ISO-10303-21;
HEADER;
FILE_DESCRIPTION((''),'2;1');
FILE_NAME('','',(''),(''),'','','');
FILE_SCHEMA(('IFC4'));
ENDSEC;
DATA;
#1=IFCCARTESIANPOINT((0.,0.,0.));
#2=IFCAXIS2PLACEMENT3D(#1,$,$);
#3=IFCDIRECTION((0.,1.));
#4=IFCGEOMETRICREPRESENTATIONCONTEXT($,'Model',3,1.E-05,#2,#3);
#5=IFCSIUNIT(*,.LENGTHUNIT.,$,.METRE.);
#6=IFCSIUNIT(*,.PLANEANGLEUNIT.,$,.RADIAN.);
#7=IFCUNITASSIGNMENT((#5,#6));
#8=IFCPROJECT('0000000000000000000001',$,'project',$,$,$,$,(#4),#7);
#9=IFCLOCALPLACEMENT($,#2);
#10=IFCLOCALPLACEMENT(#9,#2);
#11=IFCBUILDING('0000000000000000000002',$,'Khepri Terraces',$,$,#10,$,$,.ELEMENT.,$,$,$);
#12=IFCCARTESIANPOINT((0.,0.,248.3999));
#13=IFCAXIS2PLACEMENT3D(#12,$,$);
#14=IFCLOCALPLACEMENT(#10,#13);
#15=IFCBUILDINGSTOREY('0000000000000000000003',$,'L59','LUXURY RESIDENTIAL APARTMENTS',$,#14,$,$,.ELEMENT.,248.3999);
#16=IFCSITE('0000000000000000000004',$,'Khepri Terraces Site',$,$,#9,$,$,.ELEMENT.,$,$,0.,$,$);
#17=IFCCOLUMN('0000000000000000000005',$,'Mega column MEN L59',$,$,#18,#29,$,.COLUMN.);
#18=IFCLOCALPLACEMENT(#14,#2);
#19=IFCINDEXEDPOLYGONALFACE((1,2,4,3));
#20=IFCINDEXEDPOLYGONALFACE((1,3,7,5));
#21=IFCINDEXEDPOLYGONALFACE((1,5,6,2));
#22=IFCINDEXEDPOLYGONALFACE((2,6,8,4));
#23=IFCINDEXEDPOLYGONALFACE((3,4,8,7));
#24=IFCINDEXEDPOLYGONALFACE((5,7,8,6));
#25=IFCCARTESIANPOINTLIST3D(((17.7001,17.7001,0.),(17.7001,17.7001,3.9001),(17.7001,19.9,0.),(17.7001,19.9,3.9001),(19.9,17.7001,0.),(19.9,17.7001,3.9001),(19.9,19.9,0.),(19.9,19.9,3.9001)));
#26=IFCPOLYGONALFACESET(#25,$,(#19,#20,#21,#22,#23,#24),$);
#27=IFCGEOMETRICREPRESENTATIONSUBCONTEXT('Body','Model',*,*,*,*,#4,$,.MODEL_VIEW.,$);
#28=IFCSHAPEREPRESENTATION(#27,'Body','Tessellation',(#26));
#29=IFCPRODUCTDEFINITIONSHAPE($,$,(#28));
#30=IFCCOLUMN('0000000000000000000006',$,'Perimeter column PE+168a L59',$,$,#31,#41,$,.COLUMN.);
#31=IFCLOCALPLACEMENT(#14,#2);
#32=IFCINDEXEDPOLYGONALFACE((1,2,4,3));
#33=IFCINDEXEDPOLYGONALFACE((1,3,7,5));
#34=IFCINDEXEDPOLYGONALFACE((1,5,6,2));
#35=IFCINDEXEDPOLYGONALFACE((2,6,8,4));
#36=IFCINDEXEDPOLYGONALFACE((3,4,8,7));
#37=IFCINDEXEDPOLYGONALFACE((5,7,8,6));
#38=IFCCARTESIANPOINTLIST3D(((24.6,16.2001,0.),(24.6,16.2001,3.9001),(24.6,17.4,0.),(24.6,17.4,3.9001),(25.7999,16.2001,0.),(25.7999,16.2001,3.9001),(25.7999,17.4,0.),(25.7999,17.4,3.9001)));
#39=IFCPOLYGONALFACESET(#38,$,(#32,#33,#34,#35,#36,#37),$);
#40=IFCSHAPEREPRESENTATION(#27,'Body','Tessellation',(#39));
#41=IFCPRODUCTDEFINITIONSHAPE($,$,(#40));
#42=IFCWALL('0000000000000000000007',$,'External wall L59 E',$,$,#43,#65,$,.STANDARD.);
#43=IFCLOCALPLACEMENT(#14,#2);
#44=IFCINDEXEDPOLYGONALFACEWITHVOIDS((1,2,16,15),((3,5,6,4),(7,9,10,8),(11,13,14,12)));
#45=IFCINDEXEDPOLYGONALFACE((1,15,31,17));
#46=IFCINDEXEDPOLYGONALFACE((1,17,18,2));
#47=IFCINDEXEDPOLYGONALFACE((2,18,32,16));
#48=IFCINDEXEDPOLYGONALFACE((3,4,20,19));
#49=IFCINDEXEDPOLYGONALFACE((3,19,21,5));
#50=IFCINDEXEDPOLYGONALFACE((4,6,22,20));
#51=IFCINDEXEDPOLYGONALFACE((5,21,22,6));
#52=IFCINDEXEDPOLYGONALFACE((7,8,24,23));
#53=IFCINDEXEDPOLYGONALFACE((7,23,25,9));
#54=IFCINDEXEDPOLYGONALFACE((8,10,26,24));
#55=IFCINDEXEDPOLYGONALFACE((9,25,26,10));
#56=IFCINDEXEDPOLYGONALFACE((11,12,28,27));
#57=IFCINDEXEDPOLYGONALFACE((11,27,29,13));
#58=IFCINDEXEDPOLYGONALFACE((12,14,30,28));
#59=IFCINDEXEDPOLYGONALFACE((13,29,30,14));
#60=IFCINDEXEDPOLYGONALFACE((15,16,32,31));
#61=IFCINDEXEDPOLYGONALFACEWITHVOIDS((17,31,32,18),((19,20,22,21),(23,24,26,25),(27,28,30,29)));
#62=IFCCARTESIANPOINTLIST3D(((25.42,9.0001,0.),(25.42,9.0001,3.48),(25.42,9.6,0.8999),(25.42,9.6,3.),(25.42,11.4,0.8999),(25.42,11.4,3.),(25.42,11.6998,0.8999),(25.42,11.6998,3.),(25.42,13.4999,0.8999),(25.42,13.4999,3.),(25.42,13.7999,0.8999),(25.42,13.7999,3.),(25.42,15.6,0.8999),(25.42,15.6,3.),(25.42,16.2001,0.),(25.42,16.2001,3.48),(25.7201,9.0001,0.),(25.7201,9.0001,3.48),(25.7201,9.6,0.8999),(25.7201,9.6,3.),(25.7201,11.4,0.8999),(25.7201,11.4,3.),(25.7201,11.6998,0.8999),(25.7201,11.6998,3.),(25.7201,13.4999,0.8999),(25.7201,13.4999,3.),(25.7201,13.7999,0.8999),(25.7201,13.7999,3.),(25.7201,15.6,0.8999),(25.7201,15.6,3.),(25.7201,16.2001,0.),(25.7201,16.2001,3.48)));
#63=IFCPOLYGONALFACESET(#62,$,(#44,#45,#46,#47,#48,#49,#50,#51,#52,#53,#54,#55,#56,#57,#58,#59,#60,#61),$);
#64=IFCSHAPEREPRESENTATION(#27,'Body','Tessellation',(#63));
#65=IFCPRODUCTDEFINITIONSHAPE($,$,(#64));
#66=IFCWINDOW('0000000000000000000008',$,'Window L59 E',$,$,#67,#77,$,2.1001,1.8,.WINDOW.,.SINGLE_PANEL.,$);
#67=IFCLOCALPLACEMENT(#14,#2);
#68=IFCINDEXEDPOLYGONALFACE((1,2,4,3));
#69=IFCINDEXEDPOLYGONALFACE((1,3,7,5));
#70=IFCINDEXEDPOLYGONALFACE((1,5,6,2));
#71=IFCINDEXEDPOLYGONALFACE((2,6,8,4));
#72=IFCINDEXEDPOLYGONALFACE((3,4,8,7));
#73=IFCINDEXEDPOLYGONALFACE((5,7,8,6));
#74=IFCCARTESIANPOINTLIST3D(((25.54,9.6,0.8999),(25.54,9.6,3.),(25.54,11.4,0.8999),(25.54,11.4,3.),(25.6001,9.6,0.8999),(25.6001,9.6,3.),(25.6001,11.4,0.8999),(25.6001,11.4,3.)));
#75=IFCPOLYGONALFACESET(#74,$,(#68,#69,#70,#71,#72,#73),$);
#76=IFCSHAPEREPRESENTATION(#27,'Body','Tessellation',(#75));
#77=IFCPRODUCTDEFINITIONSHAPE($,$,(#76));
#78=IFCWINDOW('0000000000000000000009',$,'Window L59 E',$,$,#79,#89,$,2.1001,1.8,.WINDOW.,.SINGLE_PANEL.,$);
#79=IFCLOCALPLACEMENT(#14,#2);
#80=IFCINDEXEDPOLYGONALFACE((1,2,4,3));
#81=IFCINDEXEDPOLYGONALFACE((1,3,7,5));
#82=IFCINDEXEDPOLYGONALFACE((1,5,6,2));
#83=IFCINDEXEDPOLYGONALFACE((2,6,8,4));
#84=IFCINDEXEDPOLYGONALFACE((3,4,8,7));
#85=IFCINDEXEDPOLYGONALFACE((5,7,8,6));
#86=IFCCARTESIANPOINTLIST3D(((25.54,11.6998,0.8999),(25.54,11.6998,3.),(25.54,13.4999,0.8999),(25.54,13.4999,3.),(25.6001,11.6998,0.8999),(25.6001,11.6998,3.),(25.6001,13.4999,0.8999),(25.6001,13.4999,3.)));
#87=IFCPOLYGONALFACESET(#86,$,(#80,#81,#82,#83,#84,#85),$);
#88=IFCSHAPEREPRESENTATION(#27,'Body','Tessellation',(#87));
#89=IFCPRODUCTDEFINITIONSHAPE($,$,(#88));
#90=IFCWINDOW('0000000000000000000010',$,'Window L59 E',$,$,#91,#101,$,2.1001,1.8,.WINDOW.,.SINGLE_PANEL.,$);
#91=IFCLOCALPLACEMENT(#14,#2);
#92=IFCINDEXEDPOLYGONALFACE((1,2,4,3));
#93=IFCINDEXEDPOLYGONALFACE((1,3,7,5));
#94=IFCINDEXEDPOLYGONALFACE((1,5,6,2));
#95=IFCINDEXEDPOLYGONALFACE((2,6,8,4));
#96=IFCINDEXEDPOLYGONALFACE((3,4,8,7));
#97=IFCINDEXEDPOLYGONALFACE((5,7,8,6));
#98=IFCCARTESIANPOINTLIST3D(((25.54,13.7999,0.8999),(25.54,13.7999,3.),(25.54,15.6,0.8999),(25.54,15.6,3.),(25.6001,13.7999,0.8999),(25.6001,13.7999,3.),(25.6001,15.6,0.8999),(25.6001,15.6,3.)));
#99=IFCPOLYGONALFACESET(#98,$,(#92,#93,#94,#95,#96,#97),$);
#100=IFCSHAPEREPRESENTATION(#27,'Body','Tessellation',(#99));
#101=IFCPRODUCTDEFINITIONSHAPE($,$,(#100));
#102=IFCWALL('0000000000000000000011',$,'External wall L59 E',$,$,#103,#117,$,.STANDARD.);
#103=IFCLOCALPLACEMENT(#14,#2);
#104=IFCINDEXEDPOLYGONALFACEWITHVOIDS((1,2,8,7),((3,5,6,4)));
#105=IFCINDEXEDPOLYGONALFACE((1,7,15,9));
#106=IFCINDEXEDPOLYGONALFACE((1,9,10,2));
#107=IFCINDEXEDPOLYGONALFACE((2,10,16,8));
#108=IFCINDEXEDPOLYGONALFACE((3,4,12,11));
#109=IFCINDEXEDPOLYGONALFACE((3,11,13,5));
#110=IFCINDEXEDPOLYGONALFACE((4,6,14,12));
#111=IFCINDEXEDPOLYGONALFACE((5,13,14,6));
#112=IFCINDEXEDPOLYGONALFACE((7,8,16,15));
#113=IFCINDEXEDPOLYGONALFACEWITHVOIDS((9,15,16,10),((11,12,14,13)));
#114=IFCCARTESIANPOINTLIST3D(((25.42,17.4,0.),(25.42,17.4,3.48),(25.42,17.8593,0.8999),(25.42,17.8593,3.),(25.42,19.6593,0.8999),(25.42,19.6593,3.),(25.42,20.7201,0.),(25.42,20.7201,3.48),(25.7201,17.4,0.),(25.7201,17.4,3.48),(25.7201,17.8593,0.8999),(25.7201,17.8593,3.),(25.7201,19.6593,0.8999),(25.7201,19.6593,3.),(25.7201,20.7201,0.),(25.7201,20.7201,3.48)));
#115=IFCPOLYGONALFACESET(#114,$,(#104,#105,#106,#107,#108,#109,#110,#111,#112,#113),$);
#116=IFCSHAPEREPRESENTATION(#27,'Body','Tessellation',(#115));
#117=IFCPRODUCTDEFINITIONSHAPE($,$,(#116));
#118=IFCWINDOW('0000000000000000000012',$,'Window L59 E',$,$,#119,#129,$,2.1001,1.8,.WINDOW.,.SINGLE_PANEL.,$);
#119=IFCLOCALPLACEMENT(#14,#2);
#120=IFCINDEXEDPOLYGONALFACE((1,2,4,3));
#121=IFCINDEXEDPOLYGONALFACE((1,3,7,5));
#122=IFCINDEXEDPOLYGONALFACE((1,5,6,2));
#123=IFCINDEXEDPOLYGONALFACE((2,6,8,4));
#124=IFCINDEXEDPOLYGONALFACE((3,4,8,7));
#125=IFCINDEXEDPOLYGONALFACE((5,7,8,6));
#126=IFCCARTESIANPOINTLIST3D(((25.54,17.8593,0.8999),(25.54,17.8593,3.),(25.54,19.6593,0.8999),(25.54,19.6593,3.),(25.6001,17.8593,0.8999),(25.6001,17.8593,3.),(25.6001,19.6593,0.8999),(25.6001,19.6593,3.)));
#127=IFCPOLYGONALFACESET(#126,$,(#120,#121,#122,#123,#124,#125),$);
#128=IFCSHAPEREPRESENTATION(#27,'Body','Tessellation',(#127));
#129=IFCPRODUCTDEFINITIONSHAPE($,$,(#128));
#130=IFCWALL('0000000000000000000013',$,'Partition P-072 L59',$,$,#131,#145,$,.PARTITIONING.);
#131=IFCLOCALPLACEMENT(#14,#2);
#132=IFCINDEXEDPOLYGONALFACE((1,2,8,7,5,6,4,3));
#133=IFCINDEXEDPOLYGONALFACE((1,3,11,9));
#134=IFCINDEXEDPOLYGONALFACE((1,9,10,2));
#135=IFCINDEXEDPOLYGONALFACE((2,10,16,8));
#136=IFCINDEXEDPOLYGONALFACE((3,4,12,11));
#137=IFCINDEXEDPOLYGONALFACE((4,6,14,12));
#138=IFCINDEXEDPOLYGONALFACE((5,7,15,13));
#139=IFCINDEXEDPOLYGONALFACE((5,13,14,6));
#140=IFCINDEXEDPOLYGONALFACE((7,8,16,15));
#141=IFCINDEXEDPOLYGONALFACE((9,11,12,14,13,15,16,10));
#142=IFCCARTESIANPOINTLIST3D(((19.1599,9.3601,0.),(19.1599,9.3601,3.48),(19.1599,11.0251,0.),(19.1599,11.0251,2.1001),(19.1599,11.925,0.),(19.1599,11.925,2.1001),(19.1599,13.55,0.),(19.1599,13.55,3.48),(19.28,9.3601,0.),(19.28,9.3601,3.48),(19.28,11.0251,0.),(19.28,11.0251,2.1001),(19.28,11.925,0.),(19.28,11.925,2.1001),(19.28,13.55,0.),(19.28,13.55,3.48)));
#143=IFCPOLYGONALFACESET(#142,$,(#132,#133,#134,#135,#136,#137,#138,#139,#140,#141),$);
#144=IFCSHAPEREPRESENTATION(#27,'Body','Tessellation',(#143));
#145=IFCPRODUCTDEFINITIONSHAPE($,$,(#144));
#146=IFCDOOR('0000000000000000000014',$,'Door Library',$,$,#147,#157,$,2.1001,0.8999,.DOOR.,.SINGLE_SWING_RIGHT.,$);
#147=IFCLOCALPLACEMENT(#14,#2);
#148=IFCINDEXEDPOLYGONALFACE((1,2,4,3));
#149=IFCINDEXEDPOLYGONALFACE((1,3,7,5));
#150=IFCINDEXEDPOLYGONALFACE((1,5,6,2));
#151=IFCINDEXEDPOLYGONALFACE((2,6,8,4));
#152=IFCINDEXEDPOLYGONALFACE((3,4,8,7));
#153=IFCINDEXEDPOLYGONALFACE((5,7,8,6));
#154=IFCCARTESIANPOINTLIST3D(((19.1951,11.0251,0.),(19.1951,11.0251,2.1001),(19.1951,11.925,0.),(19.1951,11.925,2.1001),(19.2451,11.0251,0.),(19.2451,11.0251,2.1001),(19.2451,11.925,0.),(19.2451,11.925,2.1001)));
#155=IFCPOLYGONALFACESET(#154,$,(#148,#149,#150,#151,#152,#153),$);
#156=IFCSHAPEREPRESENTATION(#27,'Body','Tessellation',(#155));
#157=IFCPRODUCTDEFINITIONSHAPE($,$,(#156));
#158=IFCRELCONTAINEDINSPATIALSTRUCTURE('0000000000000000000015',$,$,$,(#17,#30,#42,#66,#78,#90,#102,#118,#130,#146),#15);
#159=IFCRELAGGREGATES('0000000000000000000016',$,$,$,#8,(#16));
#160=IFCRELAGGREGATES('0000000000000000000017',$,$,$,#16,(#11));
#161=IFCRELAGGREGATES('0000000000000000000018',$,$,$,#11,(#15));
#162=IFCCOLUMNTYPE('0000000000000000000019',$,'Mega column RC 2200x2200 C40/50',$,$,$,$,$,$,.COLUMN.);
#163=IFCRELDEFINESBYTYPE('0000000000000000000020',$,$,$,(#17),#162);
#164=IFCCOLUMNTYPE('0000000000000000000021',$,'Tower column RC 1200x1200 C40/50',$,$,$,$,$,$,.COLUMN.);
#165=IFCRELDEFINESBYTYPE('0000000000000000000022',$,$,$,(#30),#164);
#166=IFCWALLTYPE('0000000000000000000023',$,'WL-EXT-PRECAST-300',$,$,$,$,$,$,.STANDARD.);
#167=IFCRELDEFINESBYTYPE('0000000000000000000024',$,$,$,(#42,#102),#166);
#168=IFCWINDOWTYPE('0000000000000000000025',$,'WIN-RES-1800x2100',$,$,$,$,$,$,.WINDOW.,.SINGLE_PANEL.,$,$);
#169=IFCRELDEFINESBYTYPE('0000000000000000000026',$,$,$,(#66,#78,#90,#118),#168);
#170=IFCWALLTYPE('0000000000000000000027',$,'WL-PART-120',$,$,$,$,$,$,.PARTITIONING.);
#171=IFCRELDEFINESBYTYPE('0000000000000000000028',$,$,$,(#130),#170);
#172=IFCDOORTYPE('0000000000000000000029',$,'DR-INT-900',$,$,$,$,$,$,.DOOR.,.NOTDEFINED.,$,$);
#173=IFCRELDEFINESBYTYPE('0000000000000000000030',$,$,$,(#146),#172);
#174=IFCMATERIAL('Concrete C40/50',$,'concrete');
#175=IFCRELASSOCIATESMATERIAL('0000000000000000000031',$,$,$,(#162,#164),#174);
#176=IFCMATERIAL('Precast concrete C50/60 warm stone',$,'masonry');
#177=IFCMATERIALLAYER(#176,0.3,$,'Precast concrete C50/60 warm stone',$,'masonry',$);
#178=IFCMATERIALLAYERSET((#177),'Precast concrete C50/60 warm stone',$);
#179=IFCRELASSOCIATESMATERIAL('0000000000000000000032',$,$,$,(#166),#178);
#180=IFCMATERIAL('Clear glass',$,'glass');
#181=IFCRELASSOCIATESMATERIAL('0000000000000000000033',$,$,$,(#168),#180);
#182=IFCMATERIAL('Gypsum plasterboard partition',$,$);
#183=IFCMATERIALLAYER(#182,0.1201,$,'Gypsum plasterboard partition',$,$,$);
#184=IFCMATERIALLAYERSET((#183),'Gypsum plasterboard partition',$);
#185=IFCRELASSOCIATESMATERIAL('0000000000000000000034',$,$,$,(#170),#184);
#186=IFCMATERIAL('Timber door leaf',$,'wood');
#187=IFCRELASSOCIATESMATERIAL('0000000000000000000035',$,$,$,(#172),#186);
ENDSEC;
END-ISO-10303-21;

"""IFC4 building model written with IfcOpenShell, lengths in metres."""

from ifc_helpers import new_model, si_unit, direction, frame, frame_2d, origin, origin_2d, place, context, subcontext, project, spatial, rectangle, extrude, material, layer, layer_set, material_profile, profile_set, type_object, element, fill, save


model = new_model("IFC4")

# Units and contexts
model_context = context("Model", 3, precision=1e-05, world=origin(), true_north=direction((0.0, 1.0)))
body_context = subcontext(model_context, "Body", "Model", "MODEL_VIEW")
ifc_project = project(units=[si_unit("LENGTHUNIT", "METRE"), si_unit("PLANEANGLEUNIT", "RADIAN")], contexts=[model_context])

# Site, building, storey
site_placement = place(None, origin())
site = spatial("IfcSite", under=ifc_project, at=site_placement, Name="Khepri Terraces Site", CompositionType="ELEMENT", RefElevation=0.0)
building_placement = place(site_placement, origin())
building = spatial("IfcBuilding", under=site, at=building_placement, Name="Khepri Terraces", CompositionType="ELEMENT")
storey_placement = place(building_placement, frame((0.0, 0.0, 248.3999)))
storey = spatial("IfcBuildingStorey", under=building, at=storey_placement, Name="L59", Description="LUXURY RESIDENTIAL APARTMENTS", CompositionType="ELEMENT", Elevation=248.3999)

# Columns
ifc_material_1 = material(Name="Concrete C40/50", Category="concrete")
ifc_material_profile_1 = material_profile(ifc_material_1, rectangle(XDim=2.2, YDim=2.2, at=origin_2d()), Name="Concrete C40/50", Category="concrete")
ifc_profile_set_1 = profile_set([ifc_material_profile_1], Name="Concrete C40/50")
column_type_1 = type_object("IfcColumnType", Name="Mega column RC 2200x2200 C40/50", PredefinedType="COLUMN", material=ifc_profile_set_1)
column_1_placement = place(storey_placement, frame((18.8, 18.8, 0.0), z_axis=(0.0, 0.0, 1.0), x_axis=(1.0, 0.0, 0.0)))
element("IfcColumn", 1, at=column_1_placement, inside=storey, type_object=column_type_1, Name="Mega column MEN L59", PredefinedType="COLUMN", context=body_context, shape_type="SweptSolid", body=[
    extrude(rectangle(XDim=2.2, YDim=2.2, at=origin_2d()), origin(), (0.0, 0.0, 1.0), 3.9001),
])
ifc_material_profile_2 = material_profile(ifc_material_1, rectangle(XDim=1.2, YDim=1.2, at=origin_2d()), Name="Concrete C40/50", Category="concrete")
ifc_profile_set_2 = profile_set([ifc_material_profile_2], Name="Concrete C40/50")
column_type_2 = type_object("IfcColumnType", Name="Tower column RC 1200x1200 C40/50", PredefinedType="COLUMN", material=ifc_profile_set_2)
column_2_placement = place(storey_placement, frame((25.2, 16.8, 0.0), z_axis=(0.0, 0.0, 1.0), x_axis=(1.0, 0.0, 0.0)))
element("IfcColumn", 2, at=column_2_placement, inside=storey, type_object=column_type_2, Name="Perimeter column PE+168a L59", PredefinedType="COLUMN", context=body_context, shape_type="SweptSolid", body=[
    extrude(rectangle(XDim=1.2, YDim=1.2, at=origin_2d()), origin(), (0.0, 0.0, 1.0), 3.9001),
])

# Wall, openings, windows
ifc_material_2 = material(Name="Precast concrete C50/60 warm stone", Category="masonry")
ifc_layer_1 = layer(ifc_material_2, 0.3, Name="Precast concrete C50/60 warm stone", Category="masonry")
ifc_layer_set_1 = layer_set([ifc_layer_1], Name="Precast concrete C50/60 warm stone")
wall_type_1 = type_object("IfcWallType", Name="WL-EXT-PRECAST-300", PredefinedType="STANDARD", material=ifc_layer_set_1)
wall_1_placement = place(storey_placement, frame((25.5701, 9.0, 0.0), z_axis=(0.0, 0.0, 1.0), x_axis=(0.0, 1.0, 0.0)))
wall_1 = element("IfcWall", 3, at=wall_1_placement, inside=storey, type_object=wall_type_1, Name="External wall L59 E", PredefinedType="STANDARD", context=body_context, shape_type="SweptSolid", body=[
    extrude(rectangle(XDim=7.2, YDim=0.3, at=frame_2d((3.6001, 0.0))), origin(), (0.0, 0.0, 1.0), 3.48),
])
opening_1_placement = place(wall_1_placement, frame((0.6001, 0.0, 0.8999)))
opening_1 = element("IfcOpeningElement", 4, at=opening_1_placement, cuts=wall_1, PredefinedType="OPENING", context=body_context, shape_type="SweptSolid", body=[
    extrude(rectangle(XDim=1.8, YDim=2.1001, at=frame_2d((0.8999, 1.05))), frame((0.0, 0.1602, 0.0), z_axis=(0.0, -1.0, 0.0), x_axis=(1.0, 0.0, 0.0)), (0.0, 0.0, 1.0), 0.3201),
])
opening_2_placement = place(wall_1_placement, frame((2.7, 0.0, 0.8999)))
opening_2 = element("IfcOpeningElement", 5, at=opening_2_placement, cuts=wall_1, PredefinedType="OPENING", context=body_context, shape_type="SweptSolid", body=[
    extrude(rectangle(XDim=1.8, YDim=2.1001, at=frame_2d((0.8999, 1.05))), frame((0.0, 0.1602, 0.0), z_axis=(0.0, -1.0, 0.0), x_axis=(1.0, 0.0, 0.0)), (0.0, 0.0, 1.0), 0.3201),
])
opening_3_placement = place(wall_1_placement, frame((4.8, 0.0, 0.8999)))
opening_3 = element("IfcOpeningElement", 6, at=opening_3_placement, cuts=wall_1, PredefinedType="OPENING", context=body_context, shape_type="SweptSolid", body=[
    extrude(rectangle(XDim=1.8, YDim=2.1001, at=frame_2d((0.8999, 1.05))), frame((0.0, 0.1602, 0.0), z_axis=(0.0, -1.0, 0.0), x_axis=(1.0, 0.0, 0.0)), (0.0, 0.0, 1.0), 0.3201),
])
ifc_material_3 = material(Name="Clear glass", Category="glass")
window_type = type_object("IfcWindowType", Name="WIN-RES-1800x2100", PartitioningType="SINGLE_PANEL", PredefinedType="WINDOW", material=ifc_material_3)
window_1_placement = place(opening_1_placement, origin())
window_1 = element("IfcWindow", 7, at=window_1_placement, inside=storey, type_object=window_type, Name="Window L59 E", OverallHeight=2.1001, OverallWidth=1.8, PartitioningType="SINGLE_PANEL", PredefinedType="WINDOW", context=body_context, shape_type="SweptSolid", body=[
    extrude(rectangle(XDim=1.8, YDim=2.1001, at=frame_2d((0.8999, 1.05))), frame((0.0, 0.03, 0.0), z_axis=(0.0, -1.0, 0.0), x_axis=(1.0, 0.0, 0.0)), (0.0, 0.0, 1.0), 0.0601),
])
fill(opening_1, window_1)
window_2_placement = place(opening_2_placement, origin())
window_2 = element("IfcWindow", 8, at=window_2_placement, inside=storey, type_object=window_type, Name="Window L59 E", OverallHeight=2.1001, OverallWidth=1.8, PartitioningType="SINGLE_PANEL", PredefinedType="WINDOW", context=body_context, shape_type="SweptSolid", body=[
    extrude(rectangle(XDim=1.8, YDim=2.1001, at=frame_2d((0.8999, 1.05))), frame((0.0, 0.03, 0.0), z_axis=(0.0, -1.0, 0.0), x_axis=(1.0, 0.0, 0.0)), (0.0, 0.0, 1.0), 0.0601),
])
fill(opening_2, window_2)
window_3_placement = place(opening_3_placement, origin())
window_3 = element("IfcWindow", 9, at=window_3_placement, inside=storey, type_object=window_type, Name="Window L59 E", OverallHeight=2.1001, OverallWidth=1.8, PartitioningType="SINGLE_PANEL", PredefinedType="WINDOW", context=body_context, shape_type="SweptSolid", body=[
    extrude(rectangle(XDim=1.8, YDim=2.1001, at=frame_2d((0.8999, 1.05))), frame((0.0, 0.03, 0.0), z_axis=(0.0, -1.0, 0.0), x_axis=(1.0, 0.0, 0.0)), (0.0, 0.0, 1.0), 0.0601),
])
fill(opening_3, window_3)

# Wall, opening, window
wall_2_placement = place(storey_placement, frame((25.5701, 17.3999, 0.0), z_axis=(0.0, 0.0, 1.0), x_axis=(0.0, 1.0, 0.0)))
wall_2 = element("IfcWall", 10, at=wall_2_placement, inside=storey, type_object=wall_type_1, Name="External wall L59 E", PredefinedType="STANDARD", context=body_context, shape_type="SweptSolid", body=[
    extrude(rectangle(XDim=3.3201, YDim=0.3, at=frame_2d((1.6602, 0.0))), origin(), (0.0, 0.0, 1.0), 3.48),
])
opening_4_placement = place(wall_2_placement, frame((0.4595, 0.0, 0.8999)))
opening_4 = element("IfcOpeningElement", 11, at=opening_4_placement, cuts=wall_2, PredefinedType="OPENING", context=body_context, shape_type="SweptSolid", body=[
    extrude(rectangle(XDim=1.8, YDim=2.1001, at=frame_2d((0.8999, 1.05))), frame((0.0, 0.1602, 0.0), z_axis=(0.0, -1.0, 0.0), x_axis=(1.0, 0.0, 0.0)), (0.0, 0.0, 1.0), 0.3201),
])
window_4_placement = place(opening_4_placement, origin())
window_4 = element("IfcWindow", 12, at=window_4_placement, inside=storey, type_object=window_type, Name="Window L59 E", OverallHeight=2.1001, OverallWidth=1.8, PartitioningType="SINGLE_PANEL", PredefinedType="WINDOW", context=body_context, shape_type="SweptSolid", body=[
    extrude(rectangle(XDim=1.8, YDim=2.1001, at=frame_2d((0.8999, 1.05))), frame((0.0, 0.03, 0.0), z_axis=(0.0, -1.0, 0.0), x_axis=(1.0, 0.0, 0.0)), (0.0, 0.0, 1.0), 0.0601),
])
fill(opening_4, window_4)

# Wall, opening, door
ifc_material_4 = material(Name="Gypsum plasterboard partition")
ifc_layer_2 = layer(ifc_material_4, 0.1201, Name="Gypsum plasterboard partition")
ifc_layer_set_2 = layer_set([ifc_layer_2], Name="Gypsum plasterboard partition")
wall_type_2 = type_object("IfcWallType", Name="WL-PART-120", PredefinedType="PARTITIONING", material=ifc_layer_set_2)
wall_3_placement = place(storey_placement, frame((19.22, 9.3601, 0.0), z_axis=(0.0, 0.0, 1.0), x_axis=(0.0, 1.0, 0.0)))
wall_3 = element("IfcWall", 13, at=wall_3_placement, inside=storey, type_object=wall_type_2, Name="Partition P-072 L59", PredefinedType="PARTITIONING", context=body_context, shape_type="SweptSolid", body=[
    extrude(rectangle(XDim=4.1899, YDim=0.1201, at=frame_2d((2.095, 0.0))), origin(), (0.0, 0.0, 1.0), 3.48),
])
opening_5_placement = place(wall_3_placement, frame((1.665, 0.0, 0.0)))
opening_5 = element("IfcOpeningElement", 14, at=opening_5_placement, cuts=wall_3, PredefinedType="OPENING", context=body_context, shape_type="SweptSolid", body=[
    extrude(rectangle(XDim=0.8999, YDim=2.1001, at=frame_2d((0.45, 1.05))), frame((0.0, 0.0701, 0.0), z_axis=(0.0, -1.0, 0.0), x_axis=(1.0, 0.0, 0.0)), (0.0, 0.0, 1.0), 0.1401),
])
ifc_material_5 = material(Name="Timber door leaf", Category="wood")
door_type_1 = type_object("IfcDoorType", Name="DR-INT-900", OperationType="NOTDEFINED", PredefinedType="DOOR", material=ifc_material_5)
door_1_placement = place(opening_5_placement, origin())
door_1 = element("IfcDoor", 15, at=door_1_placement, inside=storey, type_object=door_type_1, Name="Door Library", OperationType="SINGLE_SWING_RIGHT", OverallHeight=2.1001, OverallWidth=0.8999, PredefinedType="DOOR", context=body_context, shape_type="SweptSolid", body=[
    extrude(rectangle(XDim=0.8999, YDim=2.1001, at=frame_2d((0.45, 1.05))), frame((0.0, 0.0249, 0.0), z_axis=(0.0, -1.0, 0.0), x_axis=(1.0, 0.0, 0.0)), (0.0, 0.0, 1.0), 0.05),
])
fill(opening_5, door_1)

save(model, "model.ifc")
